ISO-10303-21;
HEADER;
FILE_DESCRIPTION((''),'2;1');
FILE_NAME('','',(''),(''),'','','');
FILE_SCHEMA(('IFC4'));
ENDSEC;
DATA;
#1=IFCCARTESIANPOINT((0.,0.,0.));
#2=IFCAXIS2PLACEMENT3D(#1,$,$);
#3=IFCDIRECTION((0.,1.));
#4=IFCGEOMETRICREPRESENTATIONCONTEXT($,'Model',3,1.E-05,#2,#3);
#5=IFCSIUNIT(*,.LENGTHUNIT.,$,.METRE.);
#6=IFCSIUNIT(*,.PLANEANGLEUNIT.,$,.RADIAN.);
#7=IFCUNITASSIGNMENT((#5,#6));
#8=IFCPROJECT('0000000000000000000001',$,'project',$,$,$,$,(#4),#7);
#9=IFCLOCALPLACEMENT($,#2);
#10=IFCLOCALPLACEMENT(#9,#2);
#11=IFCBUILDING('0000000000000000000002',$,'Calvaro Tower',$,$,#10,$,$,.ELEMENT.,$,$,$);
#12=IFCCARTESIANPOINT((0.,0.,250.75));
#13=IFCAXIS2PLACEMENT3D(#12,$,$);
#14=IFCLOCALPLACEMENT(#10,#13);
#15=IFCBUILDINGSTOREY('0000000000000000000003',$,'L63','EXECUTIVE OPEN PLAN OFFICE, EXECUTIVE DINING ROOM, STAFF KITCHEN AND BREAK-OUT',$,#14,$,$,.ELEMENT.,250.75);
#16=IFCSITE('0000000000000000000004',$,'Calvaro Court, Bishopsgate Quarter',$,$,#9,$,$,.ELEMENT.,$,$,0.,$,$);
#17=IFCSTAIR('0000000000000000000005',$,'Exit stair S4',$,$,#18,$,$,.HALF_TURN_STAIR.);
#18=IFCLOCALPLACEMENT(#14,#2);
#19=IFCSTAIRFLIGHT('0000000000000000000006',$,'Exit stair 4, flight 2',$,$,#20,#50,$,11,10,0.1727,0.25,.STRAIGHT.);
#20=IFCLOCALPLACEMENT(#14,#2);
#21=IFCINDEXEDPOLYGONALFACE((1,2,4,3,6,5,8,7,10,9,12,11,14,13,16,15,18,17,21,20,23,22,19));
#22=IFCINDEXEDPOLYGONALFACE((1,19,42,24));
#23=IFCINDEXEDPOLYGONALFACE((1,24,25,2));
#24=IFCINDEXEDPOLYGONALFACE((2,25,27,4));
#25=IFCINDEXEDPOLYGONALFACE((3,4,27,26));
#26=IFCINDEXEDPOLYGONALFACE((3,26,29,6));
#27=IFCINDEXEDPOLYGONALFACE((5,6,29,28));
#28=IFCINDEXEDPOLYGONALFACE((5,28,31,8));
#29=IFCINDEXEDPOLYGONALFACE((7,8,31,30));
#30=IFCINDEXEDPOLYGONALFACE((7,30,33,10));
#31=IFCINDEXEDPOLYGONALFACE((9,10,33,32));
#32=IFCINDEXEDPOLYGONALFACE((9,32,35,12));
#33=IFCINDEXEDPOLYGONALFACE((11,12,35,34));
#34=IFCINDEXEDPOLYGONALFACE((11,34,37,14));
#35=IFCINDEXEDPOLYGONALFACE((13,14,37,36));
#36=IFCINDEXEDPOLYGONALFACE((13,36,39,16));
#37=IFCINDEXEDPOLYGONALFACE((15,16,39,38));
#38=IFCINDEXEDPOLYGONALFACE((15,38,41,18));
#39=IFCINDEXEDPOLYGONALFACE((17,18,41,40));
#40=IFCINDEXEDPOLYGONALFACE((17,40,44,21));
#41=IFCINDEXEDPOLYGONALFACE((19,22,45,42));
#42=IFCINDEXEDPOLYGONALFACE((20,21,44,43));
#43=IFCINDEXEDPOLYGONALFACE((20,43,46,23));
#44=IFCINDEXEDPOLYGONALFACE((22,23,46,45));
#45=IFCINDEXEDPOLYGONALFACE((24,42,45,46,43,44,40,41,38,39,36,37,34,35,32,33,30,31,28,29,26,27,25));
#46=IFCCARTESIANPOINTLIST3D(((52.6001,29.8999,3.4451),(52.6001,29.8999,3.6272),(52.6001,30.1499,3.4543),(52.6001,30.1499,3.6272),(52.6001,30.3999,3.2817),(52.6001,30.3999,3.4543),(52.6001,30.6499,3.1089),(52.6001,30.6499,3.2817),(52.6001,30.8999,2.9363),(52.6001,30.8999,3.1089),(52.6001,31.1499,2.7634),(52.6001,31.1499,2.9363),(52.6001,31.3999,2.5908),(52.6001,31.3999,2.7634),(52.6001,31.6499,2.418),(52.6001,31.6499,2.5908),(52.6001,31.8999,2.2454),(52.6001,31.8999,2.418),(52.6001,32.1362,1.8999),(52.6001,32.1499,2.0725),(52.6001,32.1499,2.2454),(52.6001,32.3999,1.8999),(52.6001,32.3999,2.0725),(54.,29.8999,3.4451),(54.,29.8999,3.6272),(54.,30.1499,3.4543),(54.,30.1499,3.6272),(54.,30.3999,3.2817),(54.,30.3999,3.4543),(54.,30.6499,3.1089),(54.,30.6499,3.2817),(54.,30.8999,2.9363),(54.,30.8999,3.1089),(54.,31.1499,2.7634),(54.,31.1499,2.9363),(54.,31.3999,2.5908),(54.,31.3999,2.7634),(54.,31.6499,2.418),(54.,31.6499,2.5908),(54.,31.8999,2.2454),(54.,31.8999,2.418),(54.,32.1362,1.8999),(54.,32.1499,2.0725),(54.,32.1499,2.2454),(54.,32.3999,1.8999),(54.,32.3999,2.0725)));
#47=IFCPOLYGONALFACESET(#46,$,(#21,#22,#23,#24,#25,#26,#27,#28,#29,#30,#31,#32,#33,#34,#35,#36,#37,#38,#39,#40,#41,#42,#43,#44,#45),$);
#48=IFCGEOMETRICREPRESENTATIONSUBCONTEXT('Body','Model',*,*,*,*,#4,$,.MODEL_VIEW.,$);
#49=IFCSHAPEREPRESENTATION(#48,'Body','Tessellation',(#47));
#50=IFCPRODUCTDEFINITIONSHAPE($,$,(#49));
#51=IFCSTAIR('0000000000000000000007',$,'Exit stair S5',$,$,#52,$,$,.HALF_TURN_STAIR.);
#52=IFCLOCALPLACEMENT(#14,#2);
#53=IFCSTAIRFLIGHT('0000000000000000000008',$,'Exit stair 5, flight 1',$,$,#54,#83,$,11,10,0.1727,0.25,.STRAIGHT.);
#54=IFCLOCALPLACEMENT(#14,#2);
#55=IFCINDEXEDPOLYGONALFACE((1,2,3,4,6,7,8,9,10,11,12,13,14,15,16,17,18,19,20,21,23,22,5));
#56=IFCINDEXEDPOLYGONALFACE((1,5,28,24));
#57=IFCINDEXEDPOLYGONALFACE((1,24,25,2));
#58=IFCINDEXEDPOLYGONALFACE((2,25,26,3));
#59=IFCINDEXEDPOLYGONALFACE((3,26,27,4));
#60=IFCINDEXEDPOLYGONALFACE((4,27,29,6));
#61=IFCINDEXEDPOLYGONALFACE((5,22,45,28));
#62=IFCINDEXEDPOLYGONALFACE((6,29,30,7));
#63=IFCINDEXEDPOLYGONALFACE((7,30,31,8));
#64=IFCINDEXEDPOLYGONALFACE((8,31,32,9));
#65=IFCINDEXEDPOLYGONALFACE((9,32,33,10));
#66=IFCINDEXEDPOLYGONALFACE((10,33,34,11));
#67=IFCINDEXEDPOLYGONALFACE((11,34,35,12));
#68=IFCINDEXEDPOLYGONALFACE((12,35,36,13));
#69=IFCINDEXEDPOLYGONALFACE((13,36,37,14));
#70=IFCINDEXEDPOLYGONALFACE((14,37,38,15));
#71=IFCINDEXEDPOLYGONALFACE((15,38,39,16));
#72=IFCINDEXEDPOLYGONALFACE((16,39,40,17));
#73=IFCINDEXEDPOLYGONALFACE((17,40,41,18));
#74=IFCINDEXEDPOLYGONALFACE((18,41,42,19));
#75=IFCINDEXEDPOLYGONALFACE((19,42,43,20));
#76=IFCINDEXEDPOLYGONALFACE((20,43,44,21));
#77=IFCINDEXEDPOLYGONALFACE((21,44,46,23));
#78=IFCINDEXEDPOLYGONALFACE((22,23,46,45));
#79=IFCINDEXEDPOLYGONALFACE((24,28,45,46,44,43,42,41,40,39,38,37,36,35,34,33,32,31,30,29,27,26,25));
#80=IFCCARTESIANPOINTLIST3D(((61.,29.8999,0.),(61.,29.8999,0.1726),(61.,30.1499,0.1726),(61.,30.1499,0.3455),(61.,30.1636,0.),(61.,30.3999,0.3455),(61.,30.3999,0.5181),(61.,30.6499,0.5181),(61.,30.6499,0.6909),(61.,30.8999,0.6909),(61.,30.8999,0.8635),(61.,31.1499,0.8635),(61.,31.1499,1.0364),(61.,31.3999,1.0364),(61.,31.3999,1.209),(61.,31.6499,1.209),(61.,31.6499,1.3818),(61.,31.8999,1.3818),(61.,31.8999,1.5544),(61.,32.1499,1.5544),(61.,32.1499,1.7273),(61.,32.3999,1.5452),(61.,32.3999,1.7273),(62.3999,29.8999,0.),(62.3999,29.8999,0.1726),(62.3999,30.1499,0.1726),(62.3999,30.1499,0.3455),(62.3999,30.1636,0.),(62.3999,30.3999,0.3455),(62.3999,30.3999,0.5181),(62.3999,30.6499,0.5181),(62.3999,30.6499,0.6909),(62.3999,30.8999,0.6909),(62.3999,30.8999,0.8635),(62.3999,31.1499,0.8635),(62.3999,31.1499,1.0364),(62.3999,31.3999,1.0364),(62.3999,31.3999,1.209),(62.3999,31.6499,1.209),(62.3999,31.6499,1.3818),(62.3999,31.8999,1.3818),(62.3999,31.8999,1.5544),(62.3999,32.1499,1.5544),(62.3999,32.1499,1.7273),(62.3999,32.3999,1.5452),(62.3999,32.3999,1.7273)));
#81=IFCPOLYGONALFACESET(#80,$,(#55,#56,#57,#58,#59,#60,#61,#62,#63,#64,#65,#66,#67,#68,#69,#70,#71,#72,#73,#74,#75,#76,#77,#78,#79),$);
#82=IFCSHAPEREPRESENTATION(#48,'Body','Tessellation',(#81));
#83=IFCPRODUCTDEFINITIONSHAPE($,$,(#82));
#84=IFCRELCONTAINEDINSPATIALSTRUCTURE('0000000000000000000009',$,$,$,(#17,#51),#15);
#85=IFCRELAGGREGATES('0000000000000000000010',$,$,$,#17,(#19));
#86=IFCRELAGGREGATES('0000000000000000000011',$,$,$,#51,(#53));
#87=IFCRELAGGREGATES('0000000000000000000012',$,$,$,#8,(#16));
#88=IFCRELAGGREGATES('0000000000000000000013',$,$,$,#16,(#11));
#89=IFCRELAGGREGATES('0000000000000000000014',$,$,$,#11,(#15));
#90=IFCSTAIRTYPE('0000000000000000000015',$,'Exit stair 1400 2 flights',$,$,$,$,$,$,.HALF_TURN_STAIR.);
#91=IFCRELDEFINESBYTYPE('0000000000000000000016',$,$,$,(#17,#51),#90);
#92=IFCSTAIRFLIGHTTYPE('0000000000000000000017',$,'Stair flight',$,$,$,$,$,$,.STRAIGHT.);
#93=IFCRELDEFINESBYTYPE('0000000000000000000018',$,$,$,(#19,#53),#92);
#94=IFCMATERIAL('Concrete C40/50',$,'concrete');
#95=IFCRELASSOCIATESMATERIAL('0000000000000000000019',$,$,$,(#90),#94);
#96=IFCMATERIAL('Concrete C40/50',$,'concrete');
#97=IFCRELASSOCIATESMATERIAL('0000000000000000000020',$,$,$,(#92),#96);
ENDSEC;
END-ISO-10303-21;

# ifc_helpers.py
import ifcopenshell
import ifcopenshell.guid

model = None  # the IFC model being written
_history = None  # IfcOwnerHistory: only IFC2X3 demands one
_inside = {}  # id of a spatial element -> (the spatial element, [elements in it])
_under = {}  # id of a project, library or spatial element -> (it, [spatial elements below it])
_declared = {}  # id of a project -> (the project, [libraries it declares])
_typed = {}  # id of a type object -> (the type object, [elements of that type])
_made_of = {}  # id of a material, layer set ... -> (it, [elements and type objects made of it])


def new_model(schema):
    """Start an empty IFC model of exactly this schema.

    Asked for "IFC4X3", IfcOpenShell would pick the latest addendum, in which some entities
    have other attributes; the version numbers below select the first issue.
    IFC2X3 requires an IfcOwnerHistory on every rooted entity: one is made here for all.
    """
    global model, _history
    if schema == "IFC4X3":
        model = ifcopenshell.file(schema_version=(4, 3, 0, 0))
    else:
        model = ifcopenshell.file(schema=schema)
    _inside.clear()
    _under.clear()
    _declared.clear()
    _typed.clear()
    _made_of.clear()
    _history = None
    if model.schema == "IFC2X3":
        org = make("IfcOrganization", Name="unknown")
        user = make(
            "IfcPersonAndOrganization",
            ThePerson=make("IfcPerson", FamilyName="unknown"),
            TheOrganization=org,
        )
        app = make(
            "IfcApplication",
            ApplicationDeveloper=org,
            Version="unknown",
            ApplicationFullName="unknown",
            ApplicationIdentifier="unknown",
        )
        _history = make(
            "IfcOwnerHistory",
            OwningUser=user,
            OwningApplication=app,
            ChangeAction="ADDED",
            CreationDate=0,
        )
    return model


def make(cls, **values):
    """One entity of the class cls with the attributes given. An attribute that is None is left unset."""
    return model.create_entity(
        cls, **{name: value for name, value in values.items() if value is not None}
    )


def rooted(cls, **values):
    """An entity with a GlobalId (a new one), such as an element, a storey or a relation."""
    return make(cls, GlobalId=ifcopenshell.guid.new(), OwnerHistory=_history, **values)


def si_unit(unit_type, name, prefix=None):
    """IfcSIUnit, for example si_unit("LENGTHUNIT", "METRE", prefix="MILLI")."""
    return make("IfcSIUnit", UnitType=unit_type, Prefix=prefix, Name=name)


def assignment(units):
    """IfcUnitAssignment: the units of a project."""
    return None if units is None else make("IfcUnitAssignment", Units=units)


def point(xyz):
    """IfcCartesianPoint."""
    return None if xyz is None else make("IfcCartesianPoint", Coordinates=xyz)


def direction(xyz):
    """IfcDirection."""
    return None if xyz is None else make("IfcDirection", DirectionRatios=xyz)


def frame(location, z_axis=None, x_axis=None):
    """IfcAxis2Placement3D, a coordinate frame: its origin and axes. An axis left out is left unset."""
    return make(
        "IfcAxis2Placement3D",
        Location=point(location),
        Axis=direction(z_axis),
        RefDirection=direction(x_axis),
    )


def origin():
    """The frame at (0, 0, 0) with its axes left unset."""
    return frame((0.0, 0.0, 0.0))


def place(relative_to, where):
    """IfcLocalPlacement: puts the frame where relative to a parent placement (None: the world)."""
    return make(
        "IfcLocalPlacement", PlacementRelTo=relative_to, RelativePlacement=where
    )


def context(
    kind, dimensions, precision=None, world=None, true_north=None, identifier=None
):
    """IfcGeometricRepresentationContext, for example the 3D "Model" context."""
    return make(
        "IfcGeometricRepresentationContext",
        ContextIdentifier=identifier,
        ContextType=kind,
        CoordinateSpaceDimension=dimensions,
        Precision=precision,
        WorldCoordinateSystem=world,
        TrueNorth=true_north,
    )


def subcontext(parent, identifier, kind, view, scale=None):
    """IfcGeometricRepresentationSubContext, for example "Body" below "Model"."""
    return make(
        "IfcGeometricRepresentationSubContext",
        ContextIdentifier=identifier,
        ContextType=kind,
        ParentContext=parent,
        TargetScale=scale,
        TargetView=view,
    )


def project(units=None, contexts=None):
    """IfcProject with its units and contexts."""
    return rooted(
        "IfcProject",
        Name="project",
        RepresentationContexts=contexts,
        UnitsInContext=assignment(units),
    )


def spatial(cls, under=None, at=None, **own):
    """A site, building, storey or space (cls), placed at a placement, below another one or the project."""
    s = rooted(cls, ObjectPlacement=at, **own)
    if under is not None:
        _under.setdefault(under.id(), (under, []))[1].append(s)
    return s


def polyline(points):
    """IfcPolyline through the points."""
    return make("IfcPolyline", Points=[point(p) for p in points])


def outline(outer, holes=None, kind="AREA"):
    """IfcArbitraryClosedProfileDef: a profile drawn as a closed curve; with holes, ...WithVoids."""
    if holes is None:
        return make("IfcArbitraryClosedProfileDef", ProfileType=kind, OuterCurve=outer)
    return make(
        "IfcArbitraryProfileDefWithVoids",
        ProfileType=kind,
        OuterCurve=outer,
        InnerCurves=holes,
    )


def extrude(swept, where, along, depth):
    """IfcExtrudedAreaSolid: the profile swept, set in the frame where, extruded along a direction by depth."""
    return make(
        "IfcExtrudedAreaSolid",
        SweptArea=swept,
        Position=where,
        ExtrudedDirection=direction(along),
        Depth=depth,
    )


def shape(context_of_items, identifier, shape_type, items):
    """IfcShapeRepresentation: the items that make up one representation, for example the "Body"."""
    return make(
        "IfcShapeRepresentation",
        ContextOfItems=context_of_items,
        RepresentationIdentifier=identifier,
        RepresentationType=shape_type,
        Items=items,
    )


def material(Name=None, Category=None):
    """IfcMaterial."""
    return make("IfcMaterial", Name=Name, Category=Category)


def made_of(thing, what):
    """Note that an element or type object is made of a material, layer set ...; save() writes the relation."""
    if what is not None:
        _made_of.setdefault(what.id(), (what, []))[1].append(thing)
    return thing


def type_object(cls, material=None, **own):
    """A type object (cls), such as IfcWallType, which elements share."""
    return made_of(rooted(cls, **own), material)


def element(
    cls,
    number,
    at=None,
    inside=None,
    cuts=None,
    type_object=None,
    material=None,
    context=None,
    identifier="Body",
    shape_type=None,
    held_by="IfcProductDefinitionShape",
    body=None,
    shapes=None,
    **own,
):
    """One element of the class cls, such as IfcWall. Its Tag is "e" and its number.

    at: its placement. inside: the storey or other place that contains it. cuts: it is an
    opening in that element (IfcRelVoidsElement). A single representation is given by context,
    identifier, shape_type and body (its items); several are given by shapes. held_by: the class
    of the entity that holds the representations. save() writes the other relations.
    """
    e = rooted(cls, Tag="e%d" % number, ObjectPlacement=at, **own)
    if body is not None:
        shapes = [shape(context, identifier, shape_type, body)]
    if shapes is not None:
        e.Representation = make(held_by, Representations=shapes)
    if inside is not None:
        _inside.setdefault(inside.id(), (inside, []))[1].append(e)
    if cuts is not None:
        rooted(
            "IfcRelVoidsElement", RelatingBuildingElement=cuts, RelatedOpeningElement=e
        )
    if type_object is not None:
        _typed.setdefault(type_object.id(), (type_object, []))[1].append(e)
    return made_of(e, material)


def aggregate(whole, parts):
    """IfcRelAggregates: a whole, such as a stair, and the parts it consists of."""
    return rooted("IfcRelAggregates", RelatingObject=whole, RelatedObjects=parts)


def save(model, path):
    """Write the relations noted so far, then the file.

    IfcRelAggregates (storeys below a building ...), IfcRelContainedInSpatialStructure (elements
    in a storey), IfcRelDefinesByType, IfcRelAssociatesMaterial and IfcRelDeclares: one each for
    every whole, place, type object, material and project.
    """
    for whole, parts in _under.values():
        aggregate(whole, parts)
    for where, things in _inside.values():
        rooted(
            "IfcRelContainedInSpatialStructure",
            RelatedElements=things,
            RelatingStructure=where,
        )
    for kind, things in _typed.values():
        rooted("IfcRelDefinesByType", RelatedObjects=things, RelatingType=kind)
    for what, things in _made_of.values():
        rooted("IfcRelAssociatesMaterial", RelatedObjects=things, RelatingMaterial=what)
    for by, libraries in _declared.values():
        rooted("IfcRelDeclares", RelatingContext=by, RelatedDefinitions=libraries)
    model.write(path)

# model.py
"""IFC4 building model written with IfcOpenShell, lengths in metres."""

from ifc_helpers import new_model, si_unit, direction, frame, origin, place, context, subcontext, project, spatial, polyline, outline, extrude, material, type_object, element, aggregate, save


model = new_model("IFC4")

# Units and contexts
model_context = context("Model", 3, precision=1e-05, world=origin(), true_north=direction((0.0, 1.0)))
body_context = subcontext(model_context, "Body", "Model", "MODEL_VIEW")
ifc_project = project(units=[si_unit("LENGTHUNIT", "METRE"), si_unit("PLANEANGLEUNIT", "RADIAN")], contexts=[model_context])

# Site, building, storey
site_placement = place(None, origin())
site = spatial("IfcSite", under=ifc_project, at=site_placement, Name="Calvaro Court, Bishopsgate Quarter", CompositionType="ELEMENT", RefElevation=0.0)
building_placement = place(site_placement, origin())
building = spatial("IfcBuilding", under=site, at=building_placement, Name="Calvaro Tower", CompositionType="ELEMENT")
storey_placement = place(building_placement, frame((0.0, 0.0, 250.75)))
storey = spatial("IfcBuildingStorey", under=building, at=storey_placement, Name="L63", Description="EXECUTIVE OPEN PLAN OFFICE, EXECUTIVE DINING ROOM, STAFF KITCHEN AND BREAK-OUT", CompositionType="ELEMENT", Elevation=250.75)

# Stair, stair flight
ifc_material_1 = material(Name="Concrete C40/50", Category="concrete")
stair_type = type_object("IfcStairType", Name="Exit stair 1400 2 flights", PredefinedType="HALF_TURN_STAIR", material=ifc_material_1)
ifc_material_2 = material(Name="Concrete C40/50", Category="concrete")
stair_flight_type = type_object("IfcStairFlightType", Name="Stair flight", PredefinedType="STRAIGHT", material=ifc_material_2)
stair_1_placement = place(storey_placement, origin())
stair_1 = element("IfcStair", 1, at=stair_1_placement, inside=storey, type_object=stair_type, Name="Exit stair S4", PredefinedType="HALF_TURN_STAIR")
stair_flight_1_placement = place(storey_placement, frame((53.3, 32.3999, 1.8999), z_axis=(0.0, 0.0, 1.0), x_axis=(0.0, -1.0, 0.0)))
stair_flight_1 = element("IfcStairFlight", 2, at=stair_flight_1_placement, type_object=stair_flight_type, Name="Exit stair 4, flight 2", NumberOfRisers=11, NumberOfTreads=10, PredefinedType="STRAIGHT", RiserHeight=0.1727, TreadLength=0.25, context=body_context, shape_type="SweptSolid", body=[
    extrude(outline(polyline([(0.0, 0.0), (0.0, 0.1726), (0.25, 0.1726), (0.25, 0.3455), (0.5, 0.3455), (0.5, 0.5181), (0.75, 0.5181), (0.75, 0.6909), (1.0, 0.6909), (1.0, 0.8635), (1.25, 0.8635), (1.25, 1.0364), (1.5, 1.0364), (1.5, 1.209), (1.75, 1.209), (1.75, 1.3818), (2.0, 1.3818), (2.0, 1.5544), (2.25, 1.5544), (2.25, 1.7273), (2.5, 1.7273), (2.5, 1.8999), (2.5, 1.5452), (0.2637, 0.0), (0.0, 0.0)])), frame((0.0, 0.7, 0.0), z_axis=(0.0, -1.0, 0.0), x_axis=(1.0, 0.0, 0.0)), (0.0, 0.0, 1.0), 1.3999),
])

# Stair, stair flight
stair_2_placement = place(storey_placement, origin())
stair_2 = element("IfcStair", 3, at=stair_2_placement, inside=storey, type_object=stair_type, Name="Exit stair S5", PredefinedType="HALF_TURN_STAIR")
stair_flight_2_placement = place(storey_placement, frame((61.7, 29.8999, 0.0), z_axis=(0.0, 0.0, 1.0), x_axis=(0.0, 1.0, 0.0)))
stair_flight_2 = element("IfcStairFlight", 4, at=stair_flight_2_placement, type_object=stair_flight_type, Name="Exit stair 5, flight 1", NumberOfRisers=11, NumberOfTreads=10, PredefinedType="STRAIGHT", RiserHeight=0.1727, TreadLength=0.25, context=body_context, shape_type="SweptSolid", body=[
    extrude(outline(polyline([(0.0, 0.0), (0.0, 0.1726), (0.25, 0.1726), (0.25, 0.3455), (0.5, 0.3455), (0.5, 0.5181), (0.75, 0.5181), (0.75, 0.6909), (1.0, 0.6909), (1.0, 0.8635), (1.25, 0.8635), (1.25, 1.0364), (1.5, 1.0364), (1.5, 1.209), (1.75, 1.209), (1.75, 1.3818), (2.0, 1.3818), (2.0, 1.5544), (2.25, 1.5544), (2.25, 1.7273), (2.5, 1.7273), (2.5, 1.8999), (2.5, 1.5452), (0.2637, 0.0), (0.0, 0.0)])), frame((0.0, 0.7, 0.0), z_axis=(0.0, -1.0, 0.0), x_axis=(1.0, 0.0, 0.0)), (0.0, 0.0, 1.0), 1.3999),
])

aggregate(stair_1, [stair_flight_1])
aggregate(stair_2, [stair_flight_2])

save(model, "model.ifc")
